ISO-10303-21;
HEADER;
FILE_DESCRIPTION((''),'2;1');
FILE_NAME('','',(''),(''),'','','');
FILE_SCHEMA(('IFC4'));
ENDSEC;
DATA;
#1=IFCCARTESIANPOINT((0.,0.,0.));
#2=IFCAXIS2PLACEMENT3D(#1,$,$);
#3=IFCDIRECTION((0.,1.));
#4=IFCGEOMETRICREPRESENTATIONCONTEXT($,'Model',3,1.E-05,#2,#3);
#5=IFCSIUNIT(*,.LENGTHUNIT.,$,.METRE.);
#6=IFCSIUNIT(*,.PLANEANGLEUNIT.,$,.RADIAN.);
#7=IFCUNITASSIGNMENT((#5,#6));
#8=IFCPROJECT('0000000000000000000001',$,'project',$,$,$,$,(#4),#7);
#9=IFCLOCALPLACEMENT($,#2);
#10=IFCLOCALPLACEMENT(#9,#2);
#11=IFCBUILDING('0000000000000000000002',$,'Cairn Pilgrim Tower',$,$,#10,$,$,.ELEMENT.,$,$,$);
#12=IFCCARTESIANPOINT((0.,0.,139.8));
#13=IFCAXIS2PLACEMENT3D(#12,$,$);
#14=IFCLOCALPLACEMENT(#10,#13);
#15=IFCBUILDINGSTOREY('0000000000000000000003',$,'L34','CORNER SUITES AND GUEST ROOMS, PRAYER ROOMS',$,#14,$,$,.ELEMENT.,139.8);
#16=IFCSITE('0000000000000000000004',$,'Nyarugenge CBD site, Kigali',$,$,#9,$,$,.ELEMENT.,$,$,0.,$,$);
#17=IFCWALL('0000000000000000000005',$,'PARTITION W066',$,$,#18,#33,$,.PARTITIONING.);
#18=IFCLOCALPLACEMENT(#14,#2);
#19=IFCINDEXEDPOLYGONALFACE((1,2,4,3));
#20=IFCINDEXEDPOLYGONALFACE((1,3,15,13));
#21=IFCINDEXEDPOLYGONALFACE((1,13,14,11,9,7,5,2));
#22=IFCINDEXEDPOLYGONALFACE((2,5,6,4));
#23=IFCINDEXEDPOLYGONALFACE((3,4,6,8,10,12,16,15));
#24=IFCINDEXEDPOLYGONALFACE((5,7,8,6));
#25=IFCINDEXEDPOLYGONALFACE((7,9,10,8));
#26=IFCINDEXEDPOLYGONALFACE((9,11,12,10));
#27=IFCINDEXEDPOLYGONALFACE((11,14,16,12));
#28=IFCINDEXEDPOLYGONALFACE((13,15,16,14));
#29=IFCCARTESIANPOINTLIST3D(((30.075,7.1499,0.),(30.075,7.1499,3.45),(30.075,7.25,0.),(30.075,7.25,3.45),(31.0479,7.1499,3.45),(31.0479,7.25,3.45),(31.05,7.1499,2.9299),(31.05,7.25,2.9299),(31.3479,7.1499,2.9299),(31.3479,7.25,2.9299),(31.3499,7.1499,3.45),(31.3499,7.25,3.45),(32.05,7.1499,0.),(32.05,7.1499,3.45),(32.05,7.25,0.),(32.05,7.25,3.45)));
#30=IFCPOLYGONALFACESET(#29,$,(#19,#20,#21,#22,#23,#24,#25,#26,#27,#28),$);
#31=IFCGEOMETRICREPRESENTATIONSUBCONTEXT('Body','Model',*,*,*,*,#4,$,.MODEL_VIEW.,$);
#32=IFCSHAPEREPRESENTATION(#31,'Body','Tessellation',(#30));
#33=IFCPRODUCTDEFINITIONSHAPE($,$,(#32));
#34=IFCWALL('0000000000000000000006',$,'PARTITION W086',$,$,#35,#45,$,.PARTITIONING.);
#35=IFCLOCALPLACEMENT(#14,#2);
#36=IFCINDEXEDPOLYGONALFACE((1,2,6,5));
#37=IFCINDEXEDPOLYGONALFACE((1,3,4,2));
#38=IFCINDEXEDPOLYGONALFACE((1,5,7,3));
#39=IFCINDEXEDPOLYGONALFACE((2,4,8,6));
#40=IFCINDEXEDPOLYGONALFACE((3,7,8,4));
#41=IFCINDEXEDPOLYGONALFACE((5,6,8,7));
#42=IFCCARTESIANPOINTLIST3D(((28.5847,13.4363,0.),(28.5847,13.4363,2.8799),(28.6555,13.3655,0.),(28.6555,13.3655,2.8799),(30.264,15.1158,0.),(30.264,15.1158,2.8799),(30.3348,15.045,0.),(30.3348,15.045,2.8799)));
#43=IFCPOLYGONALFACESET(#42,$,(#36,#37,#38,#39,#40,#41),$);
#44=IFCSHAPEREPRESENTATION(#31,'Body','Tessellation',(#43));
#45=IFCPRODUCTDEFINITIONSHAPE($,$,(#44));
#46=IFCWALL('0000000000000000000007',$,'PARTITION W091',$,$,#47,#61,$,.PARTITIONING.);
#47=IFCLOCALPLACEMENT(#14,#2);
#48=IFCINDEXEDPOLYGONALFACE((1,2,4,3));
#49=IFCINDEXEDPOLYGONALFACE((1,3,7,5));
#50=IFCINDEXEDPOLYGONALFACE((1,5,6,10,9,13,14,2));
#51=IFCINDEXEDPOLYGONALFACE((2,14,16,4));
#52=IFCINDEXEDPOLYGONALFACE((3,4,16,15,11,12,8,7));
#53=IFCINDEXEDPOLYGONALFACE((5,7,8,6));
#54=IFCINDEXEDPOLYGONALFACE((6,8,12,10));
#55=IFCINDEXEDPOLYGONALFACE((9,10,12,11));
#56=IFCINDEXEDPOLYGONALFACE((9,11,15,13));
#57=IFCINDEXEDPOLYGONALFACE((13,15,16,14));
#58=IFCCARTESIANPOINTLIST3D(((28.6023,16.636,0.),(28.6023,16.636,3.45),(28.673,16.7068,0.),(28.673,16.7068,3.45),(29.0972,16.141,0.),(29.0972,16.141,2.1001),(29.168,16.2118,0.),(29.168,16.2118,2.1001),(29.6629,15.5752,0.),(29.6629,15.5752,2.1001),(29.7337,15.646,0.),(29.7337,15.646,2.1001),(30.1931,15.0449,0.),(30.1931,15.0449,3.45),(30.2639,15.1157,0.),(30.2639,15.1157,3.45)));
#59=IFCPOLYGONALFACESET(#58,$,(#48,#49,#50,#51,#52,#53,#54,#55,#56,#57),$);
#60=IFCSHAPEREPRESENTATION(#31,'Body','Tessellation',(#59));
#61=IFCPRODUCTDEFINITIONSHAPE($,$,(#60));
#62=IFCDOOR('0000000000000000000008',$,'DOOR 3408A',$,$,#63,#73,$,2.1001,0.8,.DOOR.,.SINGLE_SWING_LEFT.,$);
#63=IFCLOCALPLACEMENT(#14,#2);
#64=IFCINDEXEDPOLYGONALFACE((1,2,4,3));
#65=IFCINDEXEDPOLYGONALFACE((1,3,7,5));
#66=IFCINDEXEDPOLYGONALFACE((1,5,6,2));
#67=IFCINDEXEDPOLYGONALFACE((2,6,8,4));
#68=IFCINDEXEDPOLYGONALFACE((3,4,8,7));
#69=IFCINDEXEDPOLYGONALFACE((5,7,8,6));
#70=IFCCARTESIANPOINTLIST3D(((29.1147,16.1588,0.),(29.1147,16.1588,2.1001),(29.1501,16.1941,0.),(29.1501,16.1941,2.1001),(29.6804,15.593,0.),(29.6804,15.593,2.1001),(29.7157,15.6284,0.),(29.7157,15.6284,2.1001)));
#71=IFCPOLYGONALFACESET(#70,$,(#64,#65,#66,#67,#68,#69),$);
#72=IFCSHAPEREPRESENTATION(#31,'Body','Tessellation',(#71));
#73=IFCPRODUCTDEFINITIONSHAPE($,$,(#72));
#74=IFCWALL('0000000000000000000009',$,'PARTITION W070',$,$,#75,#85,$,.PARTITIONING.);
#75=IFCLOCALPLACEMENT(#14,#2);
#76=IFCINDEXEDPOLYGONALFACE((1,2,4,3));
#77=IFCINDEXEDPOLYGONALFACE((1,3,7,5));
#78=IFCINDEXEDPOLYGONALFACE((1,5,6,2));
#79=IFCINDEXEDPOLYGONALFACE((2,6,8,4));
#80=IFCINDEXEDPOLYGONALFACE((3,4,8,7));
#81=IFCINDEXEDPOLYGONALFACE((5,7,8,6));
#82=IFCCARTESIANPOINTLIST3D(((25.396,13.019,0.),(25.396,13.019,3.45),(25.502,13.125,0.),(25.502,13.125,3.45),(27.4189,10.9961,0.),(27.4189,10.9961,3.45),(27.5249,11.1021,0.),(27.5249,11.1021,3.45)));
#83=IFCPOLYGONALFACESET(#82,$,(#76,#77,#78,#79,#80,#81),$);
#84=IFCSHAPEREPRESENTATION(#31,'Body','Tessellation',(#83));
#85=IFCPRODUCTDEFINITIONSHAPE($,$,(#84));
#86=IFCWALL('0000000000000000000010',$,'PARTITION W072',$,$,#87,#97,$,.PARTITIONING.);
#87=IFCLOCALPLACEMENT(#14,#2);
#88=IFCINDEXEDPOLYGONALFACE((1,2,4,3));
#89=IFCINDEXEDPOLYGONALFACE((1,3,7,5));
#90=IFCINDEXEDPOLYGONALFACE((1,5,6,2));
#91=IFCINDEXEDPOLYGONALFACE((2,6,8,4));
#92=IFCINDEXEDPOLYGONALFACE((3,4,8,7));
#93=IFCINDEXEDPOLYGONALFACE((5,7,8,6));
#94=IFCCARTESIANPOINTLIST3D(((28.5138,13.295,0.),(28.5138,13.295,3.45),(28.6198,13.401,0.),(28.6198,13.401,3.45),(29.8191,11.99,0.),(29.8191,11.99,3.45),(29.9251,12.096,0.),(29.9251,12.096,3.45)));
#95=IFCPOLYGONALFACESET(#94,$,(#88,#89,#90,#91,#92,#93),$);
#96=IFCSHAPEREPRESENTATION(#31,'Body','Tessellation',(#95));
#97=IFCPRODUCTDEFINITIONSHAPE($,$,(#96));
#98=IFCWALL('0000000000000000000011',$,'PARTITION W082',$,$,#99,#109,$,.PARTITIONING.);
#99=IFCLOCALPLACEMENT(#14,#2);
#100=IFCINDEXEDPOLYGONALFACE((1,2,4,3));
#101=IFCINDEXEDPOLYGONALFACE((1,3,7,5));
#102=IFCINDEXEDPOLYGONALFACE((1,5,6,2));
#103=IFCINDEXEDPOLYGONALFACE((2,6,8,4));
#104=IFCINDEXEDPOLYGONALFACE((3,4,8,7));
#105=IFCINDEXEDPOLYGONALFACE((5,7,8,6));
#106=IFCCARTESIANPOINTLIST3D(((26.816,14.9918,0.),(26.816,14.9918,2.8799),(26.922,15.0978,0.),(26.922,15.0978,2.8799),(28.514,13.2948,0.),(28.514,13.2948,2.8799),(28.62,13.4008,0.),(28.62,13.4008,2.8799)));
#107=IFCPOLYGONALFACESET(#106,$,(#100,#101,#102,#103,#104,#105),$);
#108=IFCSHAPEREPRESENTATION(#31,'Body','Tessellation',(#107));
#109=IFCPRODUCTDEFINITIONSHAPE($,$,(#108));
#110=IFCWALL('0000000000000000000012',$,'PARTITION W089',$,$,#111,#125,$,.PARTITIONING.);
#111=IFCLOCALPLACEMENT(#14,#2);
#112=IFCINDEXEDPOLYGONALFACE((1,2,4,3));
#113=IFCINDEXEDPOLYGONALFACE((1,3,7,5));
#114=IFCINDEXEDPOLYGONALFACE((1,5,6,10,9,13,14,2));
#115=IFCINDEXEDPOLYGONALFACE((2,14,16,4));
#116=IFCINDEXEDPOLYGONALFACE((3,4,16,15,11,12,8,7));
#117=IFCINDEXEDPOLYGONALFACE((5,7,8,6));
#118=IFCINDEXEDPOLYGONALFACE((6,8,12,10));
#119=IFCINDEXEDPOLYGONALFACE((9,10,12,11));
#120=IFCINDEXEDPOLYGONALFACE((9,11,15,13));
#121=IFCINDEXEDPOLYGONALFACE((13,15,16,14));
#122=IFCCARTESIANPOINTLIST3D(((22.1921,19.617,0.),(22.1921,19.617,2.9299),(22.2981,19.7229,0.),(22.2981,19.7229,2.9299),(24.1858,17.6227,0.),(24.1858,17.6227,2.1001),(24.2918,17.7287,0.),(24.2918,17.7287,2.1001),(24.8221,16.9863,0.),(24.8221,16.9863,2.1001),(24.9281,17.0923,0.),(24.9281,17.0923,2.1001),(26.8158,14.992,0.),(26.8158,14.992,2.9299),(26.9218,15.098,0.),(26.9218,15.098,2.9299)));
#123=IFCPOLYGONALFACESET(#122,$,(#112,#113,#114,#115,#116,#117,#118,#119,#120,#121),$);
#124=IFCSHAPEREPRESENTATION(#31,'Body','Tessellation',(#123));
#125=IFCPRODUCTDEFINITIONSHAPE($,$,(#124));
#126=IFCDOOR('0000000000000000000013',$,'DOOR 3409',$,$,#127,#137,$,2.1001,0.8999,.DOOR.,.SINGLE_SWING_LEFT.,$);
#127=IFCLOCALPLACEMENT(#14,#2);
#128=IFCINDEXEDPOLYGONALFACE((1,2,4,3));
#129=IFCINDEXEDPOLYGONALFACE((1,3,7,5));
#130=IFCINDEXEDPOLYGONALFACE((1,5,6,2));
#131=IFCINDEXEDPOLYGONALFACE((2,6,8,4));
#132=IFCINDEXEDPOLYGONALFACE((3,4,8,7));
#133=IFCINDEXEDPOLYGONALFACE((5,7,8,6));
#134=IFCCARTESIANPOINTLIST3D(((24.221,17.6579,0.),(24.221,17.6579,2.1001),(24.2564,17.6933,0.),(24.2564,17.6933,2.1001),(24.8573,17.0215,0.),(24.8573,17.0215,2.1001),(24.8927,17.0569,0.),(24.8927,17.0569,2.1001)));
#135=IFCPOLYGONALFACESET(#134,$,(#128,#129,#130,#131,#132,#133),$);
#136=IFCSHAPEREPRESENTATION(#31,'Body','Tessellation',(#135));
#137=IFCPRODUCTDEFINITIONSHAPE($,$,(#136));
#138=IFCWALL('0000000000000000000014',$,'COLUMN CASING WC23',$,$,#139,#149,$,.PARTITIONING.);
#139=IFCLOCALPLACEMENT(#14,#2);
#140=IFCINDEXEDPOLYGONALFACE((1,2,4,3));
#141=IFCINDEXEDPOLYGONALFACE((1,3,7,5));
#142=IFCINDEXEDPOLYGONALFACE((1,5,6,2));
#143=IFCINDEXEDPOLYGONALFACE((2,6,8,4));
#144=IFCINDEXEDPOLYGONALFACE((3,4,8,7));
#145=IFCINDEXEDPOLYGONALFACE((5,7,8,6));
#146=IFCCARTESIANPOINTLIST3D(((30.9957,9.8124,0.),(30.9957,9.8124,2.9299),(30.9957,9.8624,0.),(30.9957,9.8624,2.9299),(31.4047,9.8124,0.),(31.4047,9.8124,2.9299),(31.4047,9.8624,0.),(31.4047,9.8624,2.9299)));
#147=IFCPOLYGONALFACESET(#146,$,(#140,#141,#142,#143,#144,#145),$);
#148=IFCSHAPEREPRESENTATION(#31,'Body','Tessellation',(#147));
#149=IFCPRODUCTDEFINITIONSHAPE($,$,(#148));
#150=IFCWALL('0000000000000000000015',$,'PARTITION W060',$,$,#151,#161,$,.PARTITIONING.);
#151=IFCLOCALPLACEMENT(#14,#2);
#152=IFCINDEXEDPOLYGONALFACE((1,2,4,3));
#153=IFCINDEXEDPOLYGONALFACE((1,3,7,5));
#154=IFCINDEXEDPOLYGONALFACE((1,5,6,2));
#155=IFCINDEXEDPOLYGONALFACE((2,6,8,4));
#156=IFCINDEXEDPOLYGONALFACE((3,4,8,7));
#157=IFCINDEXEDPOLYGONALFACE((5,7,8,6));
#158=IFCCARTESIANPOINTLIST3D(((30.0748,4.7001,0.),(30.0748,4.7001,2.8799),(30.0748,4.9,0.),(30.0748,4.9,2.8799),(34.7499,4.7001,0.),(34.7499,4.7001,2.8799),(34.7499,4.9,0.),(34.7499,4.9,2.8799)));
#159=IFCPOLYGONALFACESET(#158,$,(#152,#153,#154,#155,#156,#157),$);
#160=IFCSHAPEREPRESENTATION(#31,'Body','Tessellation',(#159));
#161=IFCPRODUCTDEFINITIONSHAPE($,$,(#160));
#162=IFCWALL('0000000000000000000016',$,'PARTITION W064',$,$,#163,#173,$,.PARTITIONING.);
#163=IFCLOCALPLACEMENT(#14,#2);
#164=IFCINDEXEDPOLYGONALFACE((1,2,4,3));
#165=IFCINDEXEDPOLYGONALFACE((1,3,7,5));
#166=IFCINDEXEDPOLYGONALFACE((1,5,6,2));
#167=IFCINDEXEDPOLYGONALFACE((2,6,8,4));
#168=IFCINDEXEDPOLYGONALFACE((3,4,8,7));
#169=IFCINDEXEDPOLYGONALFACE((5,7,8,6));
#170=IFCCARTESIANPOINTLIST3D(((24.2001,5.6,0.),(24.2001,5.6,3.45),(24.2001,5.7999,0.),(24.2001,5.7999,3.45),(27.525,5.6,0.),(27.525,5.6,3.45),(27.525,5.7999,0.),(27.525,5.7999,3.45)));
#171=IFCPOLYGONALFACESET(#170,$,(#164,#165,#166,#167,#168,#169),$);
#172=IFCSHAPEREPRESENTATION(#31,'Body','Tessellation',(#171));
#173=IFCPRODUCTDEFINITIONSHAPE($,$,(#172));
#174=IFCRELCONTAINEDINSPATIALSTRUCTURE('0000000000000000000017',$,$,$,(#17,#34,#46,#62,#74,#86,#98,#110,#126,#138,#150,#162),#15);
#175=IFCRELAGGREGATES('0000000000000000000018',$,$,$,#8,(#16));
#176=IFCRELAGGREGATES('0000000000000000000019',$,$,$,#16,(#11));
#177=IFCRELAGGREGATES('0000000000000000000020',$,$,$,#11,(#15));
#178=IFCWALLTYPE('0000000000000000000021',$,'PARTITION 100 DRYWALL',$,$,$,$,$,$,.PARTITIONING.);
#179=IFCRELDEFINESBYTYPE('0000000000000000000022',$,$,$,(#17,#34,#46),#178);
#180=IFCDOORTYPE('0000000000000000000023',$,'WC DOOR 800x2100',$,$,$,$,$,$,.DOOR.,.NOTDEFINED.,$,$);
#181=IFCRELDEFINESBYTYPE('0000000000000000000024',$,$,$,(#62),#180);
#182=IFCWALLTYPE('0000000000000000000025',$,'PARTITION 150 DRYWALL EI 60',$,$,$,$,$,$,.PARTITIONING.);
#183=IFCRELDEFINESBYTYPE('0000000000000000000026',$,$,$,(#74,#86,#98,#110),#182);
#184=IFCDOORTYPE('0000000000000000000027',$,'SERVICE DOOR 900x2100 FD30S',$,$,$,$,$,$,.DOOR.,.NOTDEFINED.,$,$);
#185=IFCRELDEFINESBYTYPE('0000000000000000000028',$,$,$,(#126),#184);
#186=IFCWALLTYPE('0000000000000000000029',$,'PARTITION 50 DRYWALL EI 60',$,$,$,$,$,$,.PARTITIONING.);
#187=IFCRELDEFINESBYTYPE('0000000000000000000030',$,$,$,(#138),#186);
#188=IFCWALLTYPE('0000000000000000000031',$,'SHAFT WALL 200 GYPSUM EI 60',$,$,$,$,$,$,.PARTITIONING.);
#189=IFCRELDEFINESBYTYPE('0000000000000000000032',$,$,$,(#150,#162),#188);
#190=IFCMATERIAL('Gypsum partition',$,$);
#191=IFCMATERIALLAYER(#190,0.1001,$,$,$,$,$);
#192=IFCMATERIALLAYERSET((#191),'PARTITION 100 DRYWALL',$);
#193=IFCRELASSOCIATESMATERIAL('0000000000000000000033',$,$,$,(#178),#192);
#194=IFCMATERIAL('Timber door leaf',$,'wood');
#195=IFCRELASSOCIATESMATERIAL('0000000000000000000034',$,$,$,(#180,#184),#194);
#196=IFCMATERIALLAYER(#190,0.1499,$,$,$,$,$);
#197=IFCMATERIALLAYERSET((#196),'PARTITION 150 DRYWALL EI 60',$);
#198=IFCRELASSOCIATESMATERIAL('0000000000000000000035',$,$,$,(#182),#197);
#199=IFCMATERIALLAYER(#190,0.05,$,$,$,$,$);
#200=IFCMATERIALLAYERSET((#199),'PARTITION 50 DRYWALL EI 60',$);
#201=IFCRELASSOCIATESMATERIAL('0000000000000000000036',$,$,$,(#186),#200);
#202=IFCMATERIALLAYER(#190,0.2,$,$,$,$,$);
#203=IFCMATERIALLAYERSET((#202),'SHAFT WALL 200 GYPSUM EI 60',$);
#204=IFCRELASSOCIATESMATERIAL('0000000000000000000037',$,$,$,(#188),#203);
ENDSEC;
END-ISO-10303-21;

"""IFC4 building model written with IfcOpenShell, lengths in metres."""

from ifc_helpers import new_model, si_unit, direction, frame, frame_2d, origin, place, context, subcontext, project, spatial, polyline, rectangle, outline, extrude, material, layer, layer_set, type_object, element, fill, save


model = new_model("IFC4")

# Units and contexts
model_context = context("Model", 3, precision=1e-05, world=origin(), true_north=direction((0.0, 1.0)))
body_context = subcontext(model_context, "Body", "Model", "MODEL_VIEW")
ifc_project = project(units=[si_unit("LENGTHUNIT", "METRE"), si_unit("PLANEANGLEUNIT", "RADIAN")], contexts=[model_context])

# Site, building, storey
site_placement = place(None, origin())
site = spatial("IfcSite", under=ifc_project, at=site_placement, Name="Nyarugenge CBD site, Kigali", CompositionType="ELEMENT", RefElevation=0.0)
building_placement = place(site_placement, origin())
building = spatial("IfcBuilding", under=site, at=building_placement, Name="Cairn Pilgrim Tower", CompositionType="ELEMENT")
storey_placement = place(building_placement, frame((0.0, 0.0, 139.8)))
storey = spatial("IfcBuildingStorey", under=building, at=storey_placement, Name="L34", Description="CORNER SUITES AND GUEST ROOMS, PRAYER ROOMS", CompositionType="ELEMENT", Elevation=139.8)

# Walls
ifc_material_1 = material(Name="Gypsum partition")
ifc_layer_1 = layer(ifc_material_1, 0.1001)
ifc_layer_set_1 = layer_set([ifc_layer_1], Name="PARTITION 100 DRYWALL")
wall_type_1 = type_object("IfcWallType", Name="PARTITION 100 DRYWALL", PredefinedType="PARTITIONING", material=ifc_layer_set_1)
wall_1_placement = place(storey_placement, frame((30.075, 7.2, 0.0), z_axis=(0.0, 0.0, 1.0), x_axis=(1.0, 0.0, 0.0)))
element("IfcWall", 1, at=wall_1_placement, inside=storey, type_object=wall_type_1, Name="PARTITION W066", PredefinedType="PARTITIONING", context=body_context, shape_type="SweptSolid", body=[
    extrude(outline(polyline([(0.0, 0.0), (1.9751, 0.0), (1.9751, 3.45), (1.2749, 3.45), (1.2729, 2.9299), (0.9751, 2.9299), (0.9729, 3.45), (0.0, 3.45), (0.0, 0.0)])), frame((0.0, 0.05, 0.0), z_axis=(0.0, -1.0, 0.0), x_axis=(1.0, 0.0, 0.0)), (0.0, 0.0, 1.0), 0.1001),
])
wall_2_placement = place(storey_placement, frame((28.6201, 13.4009, 0.0), z_axis=(0.0, 0.0, 1.0), x_axis=(0.707055, 0.707158, 0.0)))
element("IfcWall", 2, at=wall_2_placement, inside=storey, type_object=wall_type_1, Name="PARTITION W086", PredefinedType="PARTITIONING", context=body_context, shape_type="SweptSolid", body=[
    extrude(rectangle(XDim=2.375, YDim=0.1001, at=frame_2d((1.1875, 0.0))), origin(), (0.0, 0.0, 1.0), 2.8799),
])

# Wall, opening, door
wall_3_placement = place(storey_placement, frame((30.2285, 15.0803, 0.0), z_axis=(0.0, 0.0, 1.0), x_axis=(-0.707053, 0.707161, 0.0)))
wall_3 = element("IfcWall", 3, at=wall_3_placement, inside=storey, type_object=wall_type_1, Name="PARTITION W091", PredefinedType="PARTITIONING", context=body_context, shape_type="SweptSolid", body=[
    extrude(rectangle(XDim=2.25, YDim=0.1001, at=frame_2d((1.125, 0.0))), origin(), (0.0, 0.0, 1.0), 3.45),
])
opening_1_placement = place(wall_3_placement, frame((0.75, 0.0, 0.0)))
opening_1 = element("IfcOpeningElement", 4, at=opening_1_placement, cuts=wall_3, PredefinedType="OPENING", context=body_context, shape_type="SweptSolid", body=[
    extrude(rectangle(XDim=0.8, YDim=2.1001, at=frame_2d((0.3999, 1.05))), frame((0.0, 0.0601, 0.0), z_axis=(0.0, -1.0, 0.0), x_axis=(1.0, 0.0, 0.0)), (0.0, 0.0, 1.0), 0.1201),
])
ifc_material_2 = material(Name="Timber door leaf", Category="wood")
door_type_1 = type_object("IfcDoorType", Name="WC DOOR 800x2100", OperationType="NOTDEFINED", PredefinedType="DOOR", material=ifc_material_2)
door_1_placement = place(opening_1_placement, frame((0.8, 0.0, 0.0), z_axis=(0.0, 0.0, 1.0), x_axis=(-1.0, 0.0, 0.0)))
door_1 = element("IfcDoor", 5, at=door_1_placement, inside=storey, type_object=door_type_1, Name="DOOR 3408A", OperationType="SINGLE_SWING_LEFT", OverallHeight=2.1001, OverallWidth=0.8, PredefinedType="DOOR", context=body_context, shape_type="SweptSolid", body=[
    extrude(rectangle(XDim=0.8, YDim=2.1001, at=frame_2d((0.3999, 1.05))), frame((0.0, 0.0249, 0.0), z_axis=(0.0, -1.0, 0.0), x_axis=(1.0, 0.0, 0.0)), (0.0, 0.0, 1.0), 0.05),
])
fill(opening_1, door_1)

# Walls
ifc_layer_2 = layer(ifc_material_1, 0.1499)
ifc_layer_set_2 = layer_set([ifc_layer_2], Name="PARTITION 150 DRYWALL EI 60")
wall_type_2 = type_object("IfcWallType", Name="PARTITION 150 DRYWALL EI 60", PredefinedType="PARTITIONING", material=ifc_layer_set_2)
wall_4_placement = place(storey_placement, frame((27.4719, 11.0491, 0.0), z_axis=(0.0, 0.0, 1.0), x_axis=(-0.707107, 0.707107, 0.0)))
element("IfcWall", 6, at=wall_4_placement, inside=storey, type_object=wall_type_2, Name="PARTITION W070", PredefinedType="PARTITIONING", context=body_context, shape_type="SweptSolid", body=[
    extrude(rectangle(XDim=2.8608, YDim=0.1499, at=frame_2d((1.4304, 0.0))), origin(), (0.0, 0.0, 1.0), 3.45),
])
wall_5_placement = place(storey_placement, frame((29.8721, 12.043, 0.0), z_axis=(0.0, 0.0, 1.0), x_axis=(-0.707173, 0.707041, 0.0)))
element("IfcWall", 7, at=wall_5_placement, inside=storey, type_object=wall_type_2, Name="PARTITION W072", PredefinedType="PARTITIONING", context=body_context, shape_type="SweptSolid", body=[
    extrude(rectangle(XDim=1.8457, YDim=0.1499, at=frame_2d((0.9229, 0.0))), origin(), (0.0, 0.0, 1.0), 3.45),
])
wall_6_placement = place(storey_placement, frame((28.5669, 13.3479, 0.0), z_axis=(0.0, 0.0, 1.0), x_axis=(-0.70731, 0.706903, 0.0)))
element("IfcWall", 8, at=wall_6_placement, inside=storey, type_object=wall_type_2, Name="PARTITION W082", PredefinedType="PARTITIONING", context=body_context, shape_type="SweptSolid", body=[
    extrude(rectangle(XDim=2.4006, YDim=0.1499, at=frame_2d((1.2002, 0.0))), origin(), (0.0, 0.0, 1.0), 2.8799),
])

# Wall, opening, door
wall_7_placement = place(storey_placement, frame((26.8689, 15.0449, 0.0), z_axis=(0.0, 0.0, 1.0), x_axis=(-0.707013, 0.7072, 0.0)))
wall_7 = element("IfcWall", 9, at=wall_7_placement, inside=storey, type_object=wall_type_2, Name="PARTITION W089", PredefinedType="PARTITIONING", context=body_context, shape_type="SweptSolid", body=[
    extrude(rectangle(XDim=6.5398, YDim=0.1499, at=frame_2d((3.27, 0.0))), origin(), (0.0, 0.0, 1.0), 2.9299),
])
opening_2_placement = place(wall_7_placement, frame((2.8201, 0.0, 0.0)))
opening_2 = element("IfcOpeningElement", 10, at=opening_2_placement, cuts=wall_7, PredefinedType="OPENING", context=body_context, shape_type="SweptSolid", body=[
    extrude(rectangle(XDim=0.8999, YDim=2.1001, at=frame_2d((0.45, 1.05))), frame((0.0, 0.085, 0.0), z_axis=(0.0, -1.0, 0.0), x_axis=(1.0, 0.0, 0.0)), (0.0, 0.0, 1.0), 0.1699),
])
door_type_2 = type_object("IfcDoorType", Name="SERVICE DOOR 900x2100 FD30S", OperationType="NOTDEFINED", PredefinedType="DOOR", material=ifc_material_2)
door_2_placement = place(opening_2_placement, frame((0.8999, 0.0, 0.0), z_axis=(0.0, 0.0, 1.0), x_axis=(-1.0, 0.0, 0.0)))
door_2 = element("IfcDoor", 11, at=door_2_placement, inside=storey, type_object=door_type_2, Name="DOOR 3409", OperationType="SINGLE_SWING_LEFT", OverallHeight=2.1001, OverallWidth=0.8999, PredefinedType="DOOR", context=body_context, shape_type="SweptSolid", body=[
    extrude(rectangle(XDim=0.8999, YDim=2.1001, at=frame_2d((0.45, 1.05))), frame((0.0, 0.0249, 0.0), z_axis=(0.0, -1.0, 0.0), x_axis=(1.0, 0.0, 0.0)), (0.0, 0.0, 1.0), 0.05),
])
fill(opening_2, door_2)

# Walls
ifc_layer_3 = layer(ifc_material_1, 0.05)
ifc_layer_set_3 = layer_set([ifc_layer_3], Name="PARTITION 50 DRYWALL EI 60")
wall_type_3 = type_object("IfcWallType", Name="PARTITION 50 DRYWALL EI 60", PredefinedType="PARTITIONING", material=ifc_layer_set_3)
wall_8_placement = place(storey_placement, frame((30.9956, 9.8374, 0.0), z_axis=(0.0, 0.0, 1.0), x_axis=(1.0, 0.0, 0.0)))
element("IfcWall", 12, at=wall_8_placement, inside=storey, type_object=wall_type_3, Name="COLUMN CASING WC23", PredefinedType="PARTITIONING", context=body_context, shape_type="SweptSolid", body=[
    extrude(rectangle(XDim=0.4089, YDim=0.05, at=frame_2d((0.2046, 0.0))), origin(), (0.0, 0.0, 1.0), 2.9299),
])
ifc_layer_4 = layer(ifc_material_1, 0.2)
ifc_layer_set_4 = layer_set([ifc_layer_4], Name="SHAFT WALL 200 GYPSUM EI 60")
wall_type_4 = type_object("IfcWallType", Name="SHAFT WALL 200 GYPSUM EI 60", PredefinedType="PARTITIONING", material=ifc_layer_set_4)
wall_9_placement = place(storey_placement, frame((30.075, 4.8, 0.0), z_axis=(0.0, 0.0, 1.0), x_axis=(1.0, 0.0, 0.0)))
element("IfcWall", 13, at=wall_9_placement, inside=storey, type_object=wall_type_4, Name="PARTITION W060", PredefinedType="PARTITIONING", context=body_context, shape_type="SweptSolid", body=[
    extrude(rectangle(XDim=4.675, YDim=0.2, at=frame_2d((2.3374, 0.0))), origin(), (0.0, 0.0, 1.0), 2.8799),
])
wall_10_placement = place(storey_placement, frame((24.2, 5.7, 0.0), z_axis=(0.0, 0.0, 1.0), x_axis=(1.0, 0.0, 0.0)))
element("IfcWall", 14, at=wall_10_placement, inside=storey, type_object=wall_type_4, Name="PARTITION W064", PredefinedType="PARTITIONING", context=body_context, shape_type="SweptSolid", body=[
    extrude(rectangle(XDim=3.325, YDim=0.2, at=frame_2d((1.6626, 0.0))), origin(), (0.0, 0.0, 1.0), 3.45),
])

save(model, "model.ifc")
